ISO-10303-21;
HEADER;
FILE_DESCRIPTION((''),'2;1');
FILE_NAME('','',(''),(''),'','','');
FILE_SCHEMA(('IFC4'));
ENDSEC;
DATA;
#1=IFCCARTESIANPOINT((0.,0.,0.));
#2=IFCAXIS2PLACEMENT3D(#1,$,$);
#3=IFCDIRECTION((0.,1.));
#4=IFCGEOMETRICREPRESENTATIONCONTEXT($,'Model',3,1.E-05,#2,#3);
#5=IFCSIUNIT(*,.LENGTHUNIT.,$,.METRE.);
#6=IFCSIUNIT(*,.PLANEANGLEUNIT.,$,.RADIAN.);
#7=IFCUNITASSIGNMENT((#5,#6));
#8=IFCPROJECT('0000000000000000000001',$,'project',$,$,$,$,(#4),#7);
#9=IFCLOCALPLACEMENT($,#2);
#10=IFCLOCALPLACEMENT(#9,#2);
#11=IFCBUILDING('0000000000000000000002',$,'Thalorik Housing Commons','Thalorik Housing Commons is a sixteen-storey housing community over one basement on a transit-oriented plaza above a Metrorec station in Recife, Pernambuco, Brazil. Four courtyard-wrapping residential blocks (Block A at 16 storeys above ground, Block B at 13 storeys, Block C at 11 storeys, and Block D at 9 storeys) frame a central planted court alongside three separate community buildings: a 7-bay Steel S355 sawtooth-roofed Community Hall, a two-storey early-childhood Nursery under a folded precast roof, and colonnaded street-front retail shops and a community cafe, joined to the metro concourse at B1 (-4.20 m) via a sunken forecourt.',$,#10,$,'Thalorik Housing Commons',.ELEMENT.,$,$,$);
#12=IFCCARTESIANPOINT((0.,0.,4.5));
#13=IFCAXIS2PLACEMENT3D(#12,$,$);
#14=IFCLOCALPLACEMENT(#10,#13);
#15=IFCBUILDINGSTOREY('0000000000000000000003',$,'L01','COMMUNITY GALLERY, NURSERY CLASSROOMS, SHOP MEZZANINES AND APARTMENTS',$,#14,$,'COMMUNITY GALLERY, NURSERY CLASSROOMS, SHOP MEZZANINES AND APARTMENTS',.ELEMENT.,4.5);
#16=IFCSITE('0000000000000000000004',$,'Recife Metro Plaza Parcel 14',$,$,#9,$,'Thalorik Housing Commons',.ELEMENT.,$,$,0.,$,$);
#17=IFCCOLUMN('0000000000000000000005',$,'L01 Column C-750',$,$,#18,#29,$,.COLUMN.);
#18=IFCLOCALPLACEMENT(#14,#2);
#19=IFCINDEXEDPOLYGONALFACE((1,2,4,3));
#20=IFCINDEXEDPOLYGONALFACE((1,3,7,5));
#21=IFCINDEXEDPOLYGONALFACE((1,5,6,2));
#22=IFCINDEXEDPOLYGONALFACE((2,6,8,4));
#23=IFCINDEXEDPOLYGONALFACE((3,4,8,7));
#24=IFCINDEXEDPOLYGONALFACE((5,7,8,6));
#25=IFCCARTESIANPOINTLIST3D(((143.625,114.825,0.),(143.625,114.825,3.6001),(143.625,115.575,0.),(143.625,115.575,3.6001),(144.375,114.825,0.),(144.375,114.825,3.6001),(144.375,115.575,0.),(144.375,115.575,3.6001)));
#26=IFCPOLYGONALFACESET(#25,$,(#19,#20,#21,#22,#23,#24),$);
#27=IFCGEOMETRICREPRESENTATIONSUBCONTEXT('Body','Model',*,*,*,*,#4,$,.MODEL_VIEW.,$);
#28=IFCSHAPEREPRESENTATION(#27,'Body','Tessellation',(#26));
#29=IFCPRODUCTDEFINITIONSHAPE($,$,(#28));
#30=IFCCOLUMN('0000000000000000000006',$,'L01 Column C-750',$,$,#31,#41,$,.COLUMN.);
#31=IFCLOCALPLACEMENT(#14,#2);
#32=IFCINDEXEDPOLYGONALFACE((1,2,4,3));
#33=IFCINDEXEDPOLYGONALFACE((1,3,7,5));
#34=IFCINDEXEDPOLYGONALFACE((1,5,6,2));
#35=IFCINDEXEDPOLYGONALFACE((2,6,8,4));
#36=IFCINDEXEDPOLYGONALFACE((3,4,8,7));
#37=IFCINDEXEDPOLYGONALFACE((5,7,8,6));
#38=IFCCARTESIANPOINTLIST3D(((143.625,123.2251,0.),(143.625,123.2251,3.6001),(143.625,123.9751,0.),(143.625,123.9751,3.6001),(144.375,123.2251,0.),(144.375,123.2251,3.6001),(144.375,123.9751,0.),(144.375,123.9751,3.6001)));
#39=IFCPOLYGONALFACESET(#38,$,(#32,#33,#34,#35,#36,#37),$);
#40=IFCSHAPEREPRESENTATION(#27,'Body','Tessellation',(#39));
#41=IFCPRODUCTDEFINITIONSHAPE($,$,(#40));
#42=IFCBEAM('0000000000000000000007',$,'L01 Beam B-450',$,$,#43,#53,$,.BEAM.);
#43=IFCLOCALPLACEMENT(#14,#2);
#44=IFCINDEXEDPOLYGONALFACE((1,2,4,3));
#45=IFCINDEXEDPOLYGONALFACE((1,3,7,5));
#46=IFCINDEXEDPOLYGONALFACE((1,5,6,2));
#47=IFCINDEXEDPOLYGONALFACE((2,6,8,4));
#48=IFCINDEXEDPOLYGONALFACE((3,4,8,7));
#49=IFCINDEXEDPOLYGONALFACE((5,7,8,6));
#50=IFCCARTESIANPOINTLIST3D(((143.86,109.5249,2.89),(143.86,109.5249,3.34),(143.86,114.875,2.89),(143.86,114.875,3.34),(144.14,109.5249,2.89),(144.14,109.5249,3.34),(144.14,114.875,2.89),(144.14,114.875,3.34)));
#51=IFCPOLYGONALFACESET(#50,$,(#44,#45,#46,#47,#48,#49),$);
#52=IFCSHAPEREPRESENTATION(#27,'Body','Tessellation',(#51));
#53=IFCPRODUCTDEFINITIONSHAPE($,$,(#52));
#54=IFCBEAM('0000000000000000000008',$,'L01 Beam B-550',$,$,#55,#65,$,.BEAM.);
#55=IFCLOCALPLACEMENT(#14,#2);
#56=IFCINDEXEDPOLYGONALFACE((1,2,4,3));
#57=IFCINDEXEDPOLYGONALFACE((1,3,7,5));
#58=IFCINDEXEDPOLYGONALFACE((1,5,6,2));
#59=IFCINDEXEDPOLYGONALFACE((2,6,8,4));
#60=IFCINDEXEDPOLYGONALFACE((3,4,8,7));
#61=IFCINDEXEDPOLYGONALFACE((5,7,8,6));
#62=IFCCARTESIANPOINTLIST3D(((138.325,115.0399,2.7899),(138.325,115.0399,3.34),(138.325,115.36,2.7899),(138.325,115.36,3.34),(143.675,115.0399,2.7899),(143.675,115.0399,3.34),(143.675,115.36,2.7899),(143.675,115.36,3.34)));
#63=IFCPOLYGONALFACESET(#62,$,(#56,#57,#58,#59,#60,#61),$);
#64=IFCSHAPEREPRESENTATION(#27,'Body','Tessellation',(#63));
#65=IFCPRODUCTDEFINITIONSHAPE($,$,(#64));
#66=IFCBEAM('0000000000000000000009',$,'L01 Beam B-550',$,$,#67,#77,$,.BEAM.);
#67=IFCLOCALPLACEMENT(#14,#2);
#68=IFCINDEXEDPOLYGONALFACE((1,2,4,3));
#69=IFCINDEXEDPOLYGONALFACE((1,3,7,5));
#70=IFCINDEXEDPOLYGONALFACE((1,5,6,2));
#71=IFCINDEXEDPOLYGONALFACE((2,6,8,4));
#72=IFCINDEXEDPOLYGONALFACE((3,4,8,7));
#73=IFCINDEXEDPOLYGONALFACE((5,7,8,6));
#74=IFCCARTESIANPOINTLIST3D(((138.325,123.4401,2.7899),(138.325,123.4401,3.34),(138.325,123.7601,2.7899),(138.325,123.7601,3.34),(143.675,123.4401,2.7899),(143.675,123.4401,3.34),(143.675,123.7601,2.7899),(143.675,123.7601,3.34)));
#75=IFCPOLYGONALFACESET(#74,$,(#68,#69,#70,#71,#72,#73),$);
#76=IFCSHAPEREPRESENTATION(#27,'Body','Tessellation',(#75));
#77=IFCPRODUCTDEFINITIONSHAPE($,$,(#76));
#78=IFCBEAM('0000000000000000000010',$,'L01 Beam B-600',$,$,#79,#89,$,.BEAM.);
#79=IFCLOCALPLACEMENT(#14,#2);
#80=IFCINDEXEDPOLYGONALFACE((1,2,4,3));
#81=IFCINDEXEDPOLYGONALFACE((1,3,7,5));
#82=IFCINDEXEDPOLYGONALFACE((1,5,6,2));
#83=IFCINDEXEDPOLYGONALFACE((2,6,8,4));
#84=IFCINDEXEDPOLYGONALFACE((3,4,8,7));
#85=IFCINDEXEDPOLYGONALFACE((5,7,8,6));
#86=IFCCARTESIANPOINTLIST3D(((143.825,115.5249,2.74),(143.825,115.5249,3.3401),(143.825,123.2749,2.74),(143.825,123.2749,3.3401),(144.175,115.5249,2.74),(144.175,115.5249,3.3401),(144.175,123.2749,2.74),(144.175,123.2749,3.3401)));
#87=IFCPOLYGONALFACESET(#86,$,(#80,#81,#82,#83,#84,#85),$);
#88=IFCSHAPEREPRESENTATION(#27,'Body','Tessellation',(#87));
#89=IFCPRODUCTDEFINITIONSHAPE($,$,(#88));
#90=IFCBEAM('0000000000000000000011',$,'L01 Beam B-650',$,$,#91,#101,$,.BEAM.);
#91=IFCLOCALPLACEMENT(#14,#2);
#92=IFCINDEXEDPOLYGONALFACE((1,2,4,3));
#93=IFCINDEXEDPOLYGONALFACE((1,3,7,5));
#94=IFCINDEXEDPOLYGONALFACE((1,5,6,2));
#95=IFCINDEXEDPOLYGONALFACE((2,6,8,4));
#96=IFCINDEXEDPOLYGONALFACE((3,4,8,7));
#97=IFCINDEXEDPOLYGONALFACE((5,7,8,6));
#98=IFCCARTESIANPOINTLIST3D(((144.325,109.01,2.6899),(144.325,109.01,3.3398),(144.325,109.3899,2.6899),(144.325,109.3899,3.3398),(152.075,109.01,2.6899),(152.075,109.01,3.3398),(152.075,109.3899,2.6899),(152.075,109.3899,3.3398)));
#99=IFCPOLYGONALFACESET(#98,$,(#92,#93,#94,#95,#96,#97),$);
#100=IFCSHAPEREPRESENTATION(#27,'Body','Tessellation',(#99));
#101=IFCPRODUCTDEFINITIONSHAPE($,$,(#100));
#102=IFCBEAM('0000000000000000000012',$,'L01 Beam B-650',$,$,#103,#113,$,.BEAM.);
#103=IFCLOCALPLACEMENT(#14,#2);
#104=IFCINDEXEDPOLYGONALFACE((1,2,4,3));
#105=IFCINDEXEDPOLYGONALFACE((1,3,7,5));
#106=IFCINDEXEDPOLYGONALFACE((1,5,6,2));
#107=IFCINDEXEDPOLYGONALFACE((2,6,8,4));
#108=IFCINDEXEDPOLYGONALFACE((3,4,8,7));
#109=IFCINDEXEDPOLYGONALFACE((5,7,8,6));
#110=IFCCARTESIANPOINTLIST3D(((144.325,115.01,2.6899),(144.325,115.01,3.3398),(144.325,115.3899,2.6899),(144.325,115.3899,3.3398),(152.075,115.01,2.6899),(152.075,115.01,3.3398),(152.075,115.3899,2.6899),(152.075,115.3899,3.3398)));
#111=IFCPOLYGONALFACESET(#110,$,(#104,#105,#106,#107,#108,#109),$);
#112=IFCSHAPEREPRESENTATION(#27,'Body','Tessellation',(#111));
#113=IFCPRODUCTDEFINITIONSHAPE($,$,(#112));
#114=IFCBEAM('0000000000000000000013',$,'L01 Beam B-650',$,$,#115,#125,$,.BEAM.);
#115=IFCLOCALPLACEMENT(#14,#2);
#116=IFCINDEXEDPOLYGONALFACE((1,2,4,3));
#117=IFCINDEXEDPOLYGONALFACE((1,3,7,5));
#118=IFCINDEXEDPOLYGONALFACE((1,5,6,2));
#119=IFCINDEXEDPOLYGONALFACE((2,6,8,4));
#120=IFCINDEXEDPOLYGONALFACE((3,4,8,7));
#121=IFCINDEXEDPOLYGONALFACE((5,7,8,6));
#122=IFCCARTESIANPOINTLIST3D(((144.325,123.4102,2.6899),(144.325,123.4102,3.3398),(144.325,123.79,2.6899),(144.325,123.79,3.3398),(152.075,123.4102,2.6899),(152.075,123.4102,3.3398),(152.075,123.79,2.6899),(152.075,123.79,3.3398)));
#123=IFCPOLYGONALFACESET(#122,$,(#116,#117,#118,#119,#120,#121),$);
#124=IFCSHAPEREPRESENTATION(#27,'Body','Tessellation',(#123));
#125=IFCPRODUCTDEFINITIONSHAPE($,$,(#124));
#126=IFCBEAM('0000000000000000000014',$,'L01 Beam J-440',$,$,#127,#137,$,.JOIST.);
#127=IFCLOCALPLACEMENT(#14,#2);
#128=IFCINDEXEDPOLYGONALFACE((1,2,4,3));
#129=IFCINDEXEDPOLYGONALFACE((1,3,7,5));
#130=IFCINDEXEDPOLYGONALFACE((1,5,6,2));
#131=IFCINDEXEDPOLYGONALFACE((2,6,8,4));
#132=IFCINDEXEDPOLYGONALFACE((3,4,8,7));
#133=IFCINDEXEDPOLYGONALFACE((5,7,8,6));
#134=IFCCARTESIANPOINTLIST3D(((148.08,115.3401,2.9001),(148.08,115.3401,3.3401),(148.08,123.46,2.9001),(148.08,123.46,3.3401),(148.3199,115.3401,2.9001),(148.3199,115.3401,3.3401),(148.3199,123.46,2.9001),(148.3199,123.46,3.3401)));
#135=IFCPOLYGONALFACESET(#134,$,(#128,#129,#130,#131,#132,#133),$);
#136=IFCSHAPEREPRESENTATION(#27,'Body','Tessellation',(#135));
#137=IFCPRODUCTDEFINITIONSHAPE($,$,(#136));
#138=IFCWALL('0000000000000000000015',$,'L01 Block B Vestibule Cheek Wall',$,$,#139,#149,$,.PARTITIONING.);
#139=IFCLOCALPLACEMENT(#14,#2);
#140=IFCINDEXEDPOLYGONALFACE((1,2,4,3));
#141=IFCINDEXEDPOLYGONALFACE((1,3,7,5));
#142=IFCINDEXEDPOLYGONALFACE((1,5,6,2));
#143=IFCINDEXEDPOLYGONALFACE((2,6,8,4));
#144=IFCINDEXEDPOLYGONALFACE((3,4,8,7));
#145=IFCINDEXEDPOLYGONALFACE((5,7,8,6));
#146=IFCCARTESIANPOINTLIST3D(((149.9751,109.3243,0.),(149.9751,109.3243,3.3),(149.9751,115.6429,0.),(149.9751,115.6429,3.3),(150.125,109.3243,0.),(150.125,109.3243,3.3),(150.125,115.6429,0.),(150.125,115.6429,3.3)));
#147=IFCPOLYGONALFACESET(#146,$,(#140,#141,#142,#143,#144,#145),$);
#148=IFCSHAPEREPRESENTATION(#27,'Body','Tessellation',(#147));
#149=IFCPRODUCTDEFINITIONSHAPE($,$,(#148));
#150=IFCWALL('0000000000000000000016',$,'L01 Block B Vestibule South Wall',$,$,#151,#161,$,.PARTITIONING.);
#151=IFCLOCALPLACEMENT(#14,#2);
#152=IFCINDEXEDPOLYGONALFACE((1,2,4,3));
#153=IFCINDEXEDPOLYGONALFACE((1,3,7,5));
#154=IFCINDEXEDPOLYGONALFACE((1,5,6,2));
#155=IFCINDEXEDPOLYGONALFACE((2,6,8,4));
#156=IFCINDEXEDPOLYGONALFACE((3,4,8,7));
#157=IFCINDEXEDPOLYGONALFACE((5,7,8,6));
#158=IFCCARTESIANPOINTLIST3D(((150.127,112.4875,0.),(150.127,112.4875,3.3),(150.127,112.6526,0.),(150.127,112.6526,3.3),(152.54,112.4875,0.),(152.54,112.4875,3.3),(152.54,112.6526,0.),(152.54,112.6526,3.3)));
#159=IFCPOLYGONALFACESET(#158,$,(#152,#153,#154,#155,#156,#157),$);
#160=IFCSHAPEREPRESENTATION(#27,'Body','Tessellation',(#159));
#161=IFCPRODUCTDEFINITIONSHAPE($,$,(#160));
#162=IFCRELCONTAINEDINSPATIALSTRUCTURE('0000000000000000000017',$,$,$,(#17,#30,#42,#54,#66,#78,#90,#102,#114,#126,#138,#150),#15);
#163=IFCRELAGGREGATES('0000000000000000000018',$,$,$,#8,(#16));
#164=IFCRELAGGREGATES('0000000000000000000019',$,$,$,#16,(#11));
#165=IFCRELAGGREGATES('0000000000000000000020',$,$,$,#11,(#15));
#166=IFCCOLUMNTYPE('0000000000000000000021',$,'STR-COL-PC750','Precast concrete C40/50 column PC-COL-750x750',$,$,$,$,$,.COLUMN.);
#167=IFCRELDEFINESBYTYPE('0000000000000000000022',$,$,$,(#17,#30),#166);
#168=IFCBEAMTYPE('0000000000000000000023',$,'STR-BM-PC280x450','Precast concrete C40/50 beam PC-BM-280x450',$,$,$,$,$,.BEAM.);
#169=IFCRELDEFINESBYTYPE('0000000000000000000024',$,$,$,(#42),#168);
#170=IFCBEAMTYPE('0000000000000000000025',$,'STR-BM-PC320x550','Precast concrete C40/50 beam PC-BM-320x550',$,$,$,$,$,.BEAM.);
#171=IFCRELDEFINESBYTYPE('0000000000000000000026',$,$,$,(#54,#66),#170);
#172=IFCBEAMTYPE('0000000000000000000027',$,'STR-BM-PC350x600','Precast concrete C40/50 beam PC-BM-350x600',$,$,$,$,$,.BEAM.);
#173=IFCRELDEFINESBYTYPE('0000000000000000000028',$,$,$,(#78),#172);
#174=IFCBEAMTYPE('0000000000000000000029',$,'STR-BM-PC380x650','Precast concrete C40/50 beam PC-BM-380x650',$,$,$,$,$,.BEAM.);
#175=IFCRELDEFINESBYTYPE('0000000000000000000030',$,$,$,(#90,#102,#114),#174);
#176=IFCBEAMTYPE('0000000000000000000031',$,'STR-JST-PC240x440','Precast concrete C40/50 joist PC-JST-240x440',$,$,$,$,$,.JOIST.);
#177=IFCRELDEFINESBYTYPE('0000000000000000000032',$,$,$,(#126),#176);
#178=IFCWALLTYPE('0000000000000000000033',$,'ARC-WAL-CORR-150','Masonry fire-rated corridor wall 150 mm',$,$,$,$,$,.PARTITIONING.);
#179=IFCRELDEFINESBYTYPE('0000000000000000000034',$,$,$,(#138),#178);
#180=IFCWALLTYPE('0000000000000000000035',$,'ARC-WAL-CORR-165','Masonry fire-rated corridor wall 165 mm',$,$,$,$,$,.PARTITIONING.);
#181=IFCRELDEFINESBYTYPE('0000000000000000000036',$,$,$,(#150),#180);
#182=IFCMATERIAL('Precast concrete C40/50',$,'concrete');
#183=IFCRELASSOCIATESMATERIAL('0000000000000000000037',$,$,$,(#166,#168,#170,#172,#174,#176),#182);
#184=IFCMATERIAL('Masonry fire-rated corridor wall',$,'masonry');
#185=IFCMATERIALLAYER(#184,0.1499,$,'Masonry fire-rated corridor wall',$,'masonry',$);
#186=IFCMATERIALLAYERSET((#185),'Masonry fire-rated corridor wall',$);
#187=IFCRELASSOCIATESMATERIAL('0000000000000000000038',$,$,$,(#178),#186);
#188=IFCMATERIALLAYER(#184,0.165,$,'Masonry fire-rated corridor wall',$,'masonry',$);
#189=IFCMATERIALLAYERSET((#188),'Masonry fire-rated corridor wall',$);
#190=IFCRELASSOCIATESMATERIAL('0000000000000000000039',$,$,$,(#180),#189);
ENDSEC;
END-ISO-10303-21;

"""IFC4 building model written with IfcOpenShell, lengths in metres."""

from ifc_helpers import new_model, si_unit, direction, frame, frame_2d, origin, origin_2d, place, context, subcontext, project, spatial, rectangle, extrude, material, layer, layer_set, material_profile, profile_set, type_object, element, save


model = new_model("IFC4")

# Units and contexts
model_context = context("Model", 3, precision=1e-05, world=origin(), true_north=direction((0.0, 1.0)))
body_context = subcontext(model_context, "Body", "Model", "MODEL_VIEW")
ifc_project = project(units=[si_unit("LENGTHUNIT", "METRE"), si_unit("PLANEANGLEUNIT", "RADIAN")], contexts=[model_context])

# Site, building, storey
site_placement = place(None, origin())
site = spatial("IfcSite", under=ifc_project, at=site_placement, Name="Recife Metro Plaza Parcel 14", LongName="Thalorik Housing Commons", CompositionType="ELEMENT", RefElevation=0.0)
building_placement = place(site_placement, origin())
building = spatial("IfcBuilding", under=site, at=building_placement, Name="Thalorik Housing Commons", Description="Thalorik Housing Commons is a sixteen-storey housing community over one basement on a transit-oriented plaza above a Metrorec station in Recife, Pernambuco, Brazil. Four courtyard-wrapping residential blocks (Block A at 16 storeys above ground, Block B at 13 storeys, Block C at 11 storeys, and Block D at 9 storeys) frame a central planted court alongside three separate community buildings: a 7-bay Steel S355 sawtooth-roofed Community Hall, a two-storey early-childhood Nursery under a folded precast roof, and colonnaded street-front retail shops and a community cafe, joined to the metro concourse at B1 (-4.20 m) via a sunken forecourt.", LongName="Thalorik Housing Commons", CompositionType="ELEMENT")
storey_placement = place(building_placement, frame((0.0, 0.0, 4.5)))
storey = spatial("IfcBuildingStorey", under=building, at=storey_placement, Name="L01", Description="COMMUNITY GALLERY, NURSERY CLASSROOMS, SHOP MEZZANINES AND APARTMENTS", LongName="COMMUNITY GALLERY, NURSERY CLASSROOMS, SHOP MEZZANINES AND APARTMENTS", CompositionType="ELEMENT", Elevation=4.5)

# Columns
ifc_material_1 = material(Name="Precast concrete C40/50", Category="concrete")
ifc_material_profile_1 = material_profile(ifc_material_1, rectangle(XDim=0.75, YDim=0.75, at=origin_2d()), Name="PC 750x750", Category="concrete")
ifc_profile_set_1 = profile_set([ifc_material_profile_1], Name="Precast concrete C40/50")
column_type = type_object("IfcColumnType", Name="STR-COL-PC750", Description="Precast concrete C40/50 column PC-COL-750x750", PredefinedType="COLUMN", material=ifc_profile_set_1)
for number, where, z_axis, x_axis, name in (
    (1, (144.0, 115.2, 0.0), (0.0, 0.0, 1.0), (1.0, 0.0, 0.0), "L01 Column C-750"),
    (2, (144.0, 123.6001, 0.0), (0.0, 0.0, 1.0), (1.0, 0.0, 0.0), "L01 Column C-750"),
):
    element("IfcColumn", number, at=place(storey_placement, frame(where, z_axis=z_axis, x_axis=x_axis)), inside=storey, type_object=column_type, Name=name, PredefinedType="COLUMN", context=body_context, shape_type="SweptSolid", body=[
        extrude(rectangle(XDim=0.75, YDim=0.75, at=origin_2d()), origin(), (0.0, 0.0, 1.0), 3.6001),
    ])

# Beams
ifc_material_profile_2 = material_profile(ifc_material_1, rectangle(XDim=0.28, YDim=0.45, at=origin_2d()), Name="PC 280x450", Category="concrete")
ifc_profile_set_2 = profile_set([ifc_material_profile_2], Name="Precast concrete C40/50")
beam_type_1 = type_object("IfcBeamType", Name="STR-BM-PC280x450", Description="Precast concrete C40/50 beam PC-BM-280x450", PredefinedType="BEAM", material=ifc_profile_set_2)
beam_1_placement = place(storey_placement, frame((144.0, 109.5249, 3.115), z_axis=(0.0, 1.0, 0.0), x_axis=(-1.0, 0.0, 0.0)))
element("IfcBeam", 3, at=beam_1_placement, inside=storey, type_object=beam_type_1, Name="L01 Beam B-450", PredefinedType="BEAM", context=body_context, shape_type="SweptSolid", body=[
    extrude(rectangle(XDim=0.28, YDim=0.45, at=origin_2d()), origin(), (0.0, 0.0, 1.0), 5.3501),
])
ifc_material_profile_3 = material_profile(ifc_material_1, rectangle(XDim=0.3201, YDim=0.55, at=origin_2d()), Name="PC 320x550", Category="concrete")
ifc_profile_set_3 = profile_set([ifc_material_profile_3], Name="Precast concrete C40/50")
beam_type_2 = type_object("IfcBeamType", Name="STR-BM-PC320x550", Description="Precast concrete C40/50 beam PC-BM-320x550", PredefinedType="BEAM", material=ifc_profile_set_3)
for number, where, z_axis, x_axis, name in (
    (4, (138.325, 115.2, 3.0649), (1.0, 0.0, 0.0), (0.0, 1.0, 0.0), "L01 Beam B-550"),
    (5, (138.325, 123.6001, 3.0649), (1.0, 0.0, 0.0), (0.0, 1.0, 0.0), "L01 Beam B-550"),
):
    element("IfcBeam", number, at=place(storey_placement, frame(where, z_axis=z_axis, x_axis=x_axis)), inside=storey, type_object=beam_type_2, Name=name, PredefinedType="BEAM", context=body_context, shape_type="SweptSolid", body=[
        extrude(rectangle(XDim=0.3201, YDim=0.55, at=origin_2d()), origin(), (0.0, 0.0, 1.0), 5.3501),
    ])
ifc_material_profile_4 = material_profile(ifc_material_1, rectangle(XDim=0.3501, YDim=0.6001, at=origin_2d()), Name="PC 350x600", Category="concrete")
ifc_profile_set_4 = profile_set([ifc_material_profile_4], Name="Precast concrete C40/50")
beam_type_3 = type_object("IfcBeamType", Name="STR-BM-PC350x600", Description="Precast concrete C40/50 beam PC-BM-350x600", PredefinedType="BEAM", material=ifc_profile_set_4)
beam_2_placement = place(storey_placement, frame((144.0, 115.5249, 3.04), z_axis=(0.0, 1.0, 0.0), x_axis=(-1.0, 0.0, 0.0)))
element("IfcBeam", 6, at=beam_2_placement, inside=storey, type_object=beam_type_3, Name="L01 Beam B-600", PredefinedType="BEAM", context=body_context, shape_type="SweptSolid", body=[
    extrude(rectangle(XDim=0.3501, YDim=0.6001, at=origin_2d()), origin(), (0.0, 0.0, 1.0), 7.75),
])
ifc_material_profile_5 = material_profile(ifc_material_1, rectangle(XDim=0.3799, YDim=0.6499, at=origin_2d()), Name="PC 380x650", Category="concrete")
ifc_profile_set_5 = profile_set([ifc_material_profile_5], Name="Precast concrete C40/50")
beam_type_4 = type_object("IfcBeamType", Name="STR-BM-PC380x650", Description="Precast concrete C40/50 beam PC-BM-380x650", PredefinedType="BEAM", material=ifc_profile_set_5)
for number, where, z_axis, x_axis, name in (
    (7, (144.325, 109.2, 3.0149), (1.0, 0.0, 0.0), (0.0, 1.0, 0.0), "L01 Beam B-650"),
    (8, (144.325, 115.2, 3.0149), (1.0, 0.0, 0.0), (0.0, 1.0, 0.0), "L01 Beam B-650"),
    (9, (144.325, 123.6001, 3.0149), (1.0, 0.0, 0.0), (0.0, 1.0, 0.0), "L01 Beam B-650"),
):
    element("IfcBeam", number, at=place(storey_placement, frame(where, z_axis=z_axis, x_axis=x_axis)), inside=storey, type_object=beam_type_4, Name=name, PredefinedType="BEAM", context=body_context, shape_type="SweptSolid", body=[
        extrude(rectangle(XDim=0.3799, YDim=0.6499, at=origin_2d()), origin(), (0.0, 0.0, 1.0), 7.75),
    ])
ifc_material_profile_6 = material_profile(ifc_material_1, rectangle(XDim=0.24, YDim=0.4399, at=origin_2d()), Name="PC JST 240x440", Category="concrete")
ifc_profile_set_6 = profile_set([ifc_material_profile_6], Name="Precast concrete C40/50")
beam_type_5 = type_object("IfcBeamType", Name="STR-JST-PC240x440", Description="Precast concrete C40/50 joist PC-JST-240x440", PredefinedType="JOIST", material=ifc_profile_set_6)
beam_3_placement = place(storey_placement, frame((148.2, 115.3401, 3.1201), z_axis=(0.0, 1.0, 0.0), x_axis=(-1.0, 0.0, 0.0)))
element("IfcBeam", 10, at=beam_3_placement, inside=storey, type_object=beam_type_5, Name="L01 Beam J-440", PredefinedType="JOIST", context=body_context, shape_type="SweptSolid", body=[
    extrude(rectangle(XDim=0.24, YDim=0.4399, at=origin_2d()), origin(), (0.0, 0.0, 1.0), 8.1199),
])

# Walls
ifc_material_2 = material(Name="Masonry fire-rated corridor wall", Category="masonry")
ifc_layer_1 = layer(ifc_material_2, 0.1499, Name="Masonry fire-rated corridor wall", Category="masonry")
ifc_layer_set_1 = layer_set([ifc_layer_1], Name="Masonry fire-rated corridor wall")
wall_type_1 = type_object("IfcWallType", Name="ARC-WAL-CORR-150", Description="Masonry fire-rated corridor wall 150 mm", PredefinedType="PARTITIONING", material=ifc_layer_set_1)
wall_1_placement = place(storey_placement, frame((150.05, 109.3245, 0.0), z_axis=(0.0, 0.0, 1.0), x_axis=(0.0, 1.0, 0.0)))
element("IfcWall", 11, at=wall_1_placement, inside=storey, type_object=wall_type_1, Name="L01 Block B Vestibule Cheek Wall", PredefinedType="PARTITIONING", context=body_context, shape_type="SweptSolid", body=[
    extrude(rectangle(XDim=6.3186, YDim=0.1499, at=frame_2d((3.1592, 0.0))), origin(), (0.0, 0.0, 1.0), 3.3),
])
ifc_layer_2 = layer(ifc_material_2, 0.165, Name="Masonry fire-rated corridor wall", Category="masonry")
ifc_layer_set_2 = layer_set([ifc_layer_2], Name="Masonry fire-rated corridor wall")
wall_type_2 = type_object("IfcWallType", Name="ARC-WAL-CORR-165", Description="Masonry fire-rated corridor wall 165 mm", PredefinedType="PARTITIONING", material=ifc_layer_set_2)
wall_2_placement = place(storey_placement, frame((150.127, 112.5701, 0.0), z_axis=(0.0, 0.0, 1.0), x_axis=(1.0, 0.0, 0.0)))
element("IfcWall", 12, at=wall_2_placement, inside=storey, type_object=wall_type_2, Name="L01 Block B Vestibule South Wall", PredefinedType="PARTITIONING", context=body_context, shape_type="SweptSolid", body=[
    extrude(rectangle(XDim=2.4131, YDim=0.165, at=frame_2d((1.2065, 0.0))), origin(), (0.0, 0.0, 1.0), 3.3),
])

save(model, "model.ifc")
